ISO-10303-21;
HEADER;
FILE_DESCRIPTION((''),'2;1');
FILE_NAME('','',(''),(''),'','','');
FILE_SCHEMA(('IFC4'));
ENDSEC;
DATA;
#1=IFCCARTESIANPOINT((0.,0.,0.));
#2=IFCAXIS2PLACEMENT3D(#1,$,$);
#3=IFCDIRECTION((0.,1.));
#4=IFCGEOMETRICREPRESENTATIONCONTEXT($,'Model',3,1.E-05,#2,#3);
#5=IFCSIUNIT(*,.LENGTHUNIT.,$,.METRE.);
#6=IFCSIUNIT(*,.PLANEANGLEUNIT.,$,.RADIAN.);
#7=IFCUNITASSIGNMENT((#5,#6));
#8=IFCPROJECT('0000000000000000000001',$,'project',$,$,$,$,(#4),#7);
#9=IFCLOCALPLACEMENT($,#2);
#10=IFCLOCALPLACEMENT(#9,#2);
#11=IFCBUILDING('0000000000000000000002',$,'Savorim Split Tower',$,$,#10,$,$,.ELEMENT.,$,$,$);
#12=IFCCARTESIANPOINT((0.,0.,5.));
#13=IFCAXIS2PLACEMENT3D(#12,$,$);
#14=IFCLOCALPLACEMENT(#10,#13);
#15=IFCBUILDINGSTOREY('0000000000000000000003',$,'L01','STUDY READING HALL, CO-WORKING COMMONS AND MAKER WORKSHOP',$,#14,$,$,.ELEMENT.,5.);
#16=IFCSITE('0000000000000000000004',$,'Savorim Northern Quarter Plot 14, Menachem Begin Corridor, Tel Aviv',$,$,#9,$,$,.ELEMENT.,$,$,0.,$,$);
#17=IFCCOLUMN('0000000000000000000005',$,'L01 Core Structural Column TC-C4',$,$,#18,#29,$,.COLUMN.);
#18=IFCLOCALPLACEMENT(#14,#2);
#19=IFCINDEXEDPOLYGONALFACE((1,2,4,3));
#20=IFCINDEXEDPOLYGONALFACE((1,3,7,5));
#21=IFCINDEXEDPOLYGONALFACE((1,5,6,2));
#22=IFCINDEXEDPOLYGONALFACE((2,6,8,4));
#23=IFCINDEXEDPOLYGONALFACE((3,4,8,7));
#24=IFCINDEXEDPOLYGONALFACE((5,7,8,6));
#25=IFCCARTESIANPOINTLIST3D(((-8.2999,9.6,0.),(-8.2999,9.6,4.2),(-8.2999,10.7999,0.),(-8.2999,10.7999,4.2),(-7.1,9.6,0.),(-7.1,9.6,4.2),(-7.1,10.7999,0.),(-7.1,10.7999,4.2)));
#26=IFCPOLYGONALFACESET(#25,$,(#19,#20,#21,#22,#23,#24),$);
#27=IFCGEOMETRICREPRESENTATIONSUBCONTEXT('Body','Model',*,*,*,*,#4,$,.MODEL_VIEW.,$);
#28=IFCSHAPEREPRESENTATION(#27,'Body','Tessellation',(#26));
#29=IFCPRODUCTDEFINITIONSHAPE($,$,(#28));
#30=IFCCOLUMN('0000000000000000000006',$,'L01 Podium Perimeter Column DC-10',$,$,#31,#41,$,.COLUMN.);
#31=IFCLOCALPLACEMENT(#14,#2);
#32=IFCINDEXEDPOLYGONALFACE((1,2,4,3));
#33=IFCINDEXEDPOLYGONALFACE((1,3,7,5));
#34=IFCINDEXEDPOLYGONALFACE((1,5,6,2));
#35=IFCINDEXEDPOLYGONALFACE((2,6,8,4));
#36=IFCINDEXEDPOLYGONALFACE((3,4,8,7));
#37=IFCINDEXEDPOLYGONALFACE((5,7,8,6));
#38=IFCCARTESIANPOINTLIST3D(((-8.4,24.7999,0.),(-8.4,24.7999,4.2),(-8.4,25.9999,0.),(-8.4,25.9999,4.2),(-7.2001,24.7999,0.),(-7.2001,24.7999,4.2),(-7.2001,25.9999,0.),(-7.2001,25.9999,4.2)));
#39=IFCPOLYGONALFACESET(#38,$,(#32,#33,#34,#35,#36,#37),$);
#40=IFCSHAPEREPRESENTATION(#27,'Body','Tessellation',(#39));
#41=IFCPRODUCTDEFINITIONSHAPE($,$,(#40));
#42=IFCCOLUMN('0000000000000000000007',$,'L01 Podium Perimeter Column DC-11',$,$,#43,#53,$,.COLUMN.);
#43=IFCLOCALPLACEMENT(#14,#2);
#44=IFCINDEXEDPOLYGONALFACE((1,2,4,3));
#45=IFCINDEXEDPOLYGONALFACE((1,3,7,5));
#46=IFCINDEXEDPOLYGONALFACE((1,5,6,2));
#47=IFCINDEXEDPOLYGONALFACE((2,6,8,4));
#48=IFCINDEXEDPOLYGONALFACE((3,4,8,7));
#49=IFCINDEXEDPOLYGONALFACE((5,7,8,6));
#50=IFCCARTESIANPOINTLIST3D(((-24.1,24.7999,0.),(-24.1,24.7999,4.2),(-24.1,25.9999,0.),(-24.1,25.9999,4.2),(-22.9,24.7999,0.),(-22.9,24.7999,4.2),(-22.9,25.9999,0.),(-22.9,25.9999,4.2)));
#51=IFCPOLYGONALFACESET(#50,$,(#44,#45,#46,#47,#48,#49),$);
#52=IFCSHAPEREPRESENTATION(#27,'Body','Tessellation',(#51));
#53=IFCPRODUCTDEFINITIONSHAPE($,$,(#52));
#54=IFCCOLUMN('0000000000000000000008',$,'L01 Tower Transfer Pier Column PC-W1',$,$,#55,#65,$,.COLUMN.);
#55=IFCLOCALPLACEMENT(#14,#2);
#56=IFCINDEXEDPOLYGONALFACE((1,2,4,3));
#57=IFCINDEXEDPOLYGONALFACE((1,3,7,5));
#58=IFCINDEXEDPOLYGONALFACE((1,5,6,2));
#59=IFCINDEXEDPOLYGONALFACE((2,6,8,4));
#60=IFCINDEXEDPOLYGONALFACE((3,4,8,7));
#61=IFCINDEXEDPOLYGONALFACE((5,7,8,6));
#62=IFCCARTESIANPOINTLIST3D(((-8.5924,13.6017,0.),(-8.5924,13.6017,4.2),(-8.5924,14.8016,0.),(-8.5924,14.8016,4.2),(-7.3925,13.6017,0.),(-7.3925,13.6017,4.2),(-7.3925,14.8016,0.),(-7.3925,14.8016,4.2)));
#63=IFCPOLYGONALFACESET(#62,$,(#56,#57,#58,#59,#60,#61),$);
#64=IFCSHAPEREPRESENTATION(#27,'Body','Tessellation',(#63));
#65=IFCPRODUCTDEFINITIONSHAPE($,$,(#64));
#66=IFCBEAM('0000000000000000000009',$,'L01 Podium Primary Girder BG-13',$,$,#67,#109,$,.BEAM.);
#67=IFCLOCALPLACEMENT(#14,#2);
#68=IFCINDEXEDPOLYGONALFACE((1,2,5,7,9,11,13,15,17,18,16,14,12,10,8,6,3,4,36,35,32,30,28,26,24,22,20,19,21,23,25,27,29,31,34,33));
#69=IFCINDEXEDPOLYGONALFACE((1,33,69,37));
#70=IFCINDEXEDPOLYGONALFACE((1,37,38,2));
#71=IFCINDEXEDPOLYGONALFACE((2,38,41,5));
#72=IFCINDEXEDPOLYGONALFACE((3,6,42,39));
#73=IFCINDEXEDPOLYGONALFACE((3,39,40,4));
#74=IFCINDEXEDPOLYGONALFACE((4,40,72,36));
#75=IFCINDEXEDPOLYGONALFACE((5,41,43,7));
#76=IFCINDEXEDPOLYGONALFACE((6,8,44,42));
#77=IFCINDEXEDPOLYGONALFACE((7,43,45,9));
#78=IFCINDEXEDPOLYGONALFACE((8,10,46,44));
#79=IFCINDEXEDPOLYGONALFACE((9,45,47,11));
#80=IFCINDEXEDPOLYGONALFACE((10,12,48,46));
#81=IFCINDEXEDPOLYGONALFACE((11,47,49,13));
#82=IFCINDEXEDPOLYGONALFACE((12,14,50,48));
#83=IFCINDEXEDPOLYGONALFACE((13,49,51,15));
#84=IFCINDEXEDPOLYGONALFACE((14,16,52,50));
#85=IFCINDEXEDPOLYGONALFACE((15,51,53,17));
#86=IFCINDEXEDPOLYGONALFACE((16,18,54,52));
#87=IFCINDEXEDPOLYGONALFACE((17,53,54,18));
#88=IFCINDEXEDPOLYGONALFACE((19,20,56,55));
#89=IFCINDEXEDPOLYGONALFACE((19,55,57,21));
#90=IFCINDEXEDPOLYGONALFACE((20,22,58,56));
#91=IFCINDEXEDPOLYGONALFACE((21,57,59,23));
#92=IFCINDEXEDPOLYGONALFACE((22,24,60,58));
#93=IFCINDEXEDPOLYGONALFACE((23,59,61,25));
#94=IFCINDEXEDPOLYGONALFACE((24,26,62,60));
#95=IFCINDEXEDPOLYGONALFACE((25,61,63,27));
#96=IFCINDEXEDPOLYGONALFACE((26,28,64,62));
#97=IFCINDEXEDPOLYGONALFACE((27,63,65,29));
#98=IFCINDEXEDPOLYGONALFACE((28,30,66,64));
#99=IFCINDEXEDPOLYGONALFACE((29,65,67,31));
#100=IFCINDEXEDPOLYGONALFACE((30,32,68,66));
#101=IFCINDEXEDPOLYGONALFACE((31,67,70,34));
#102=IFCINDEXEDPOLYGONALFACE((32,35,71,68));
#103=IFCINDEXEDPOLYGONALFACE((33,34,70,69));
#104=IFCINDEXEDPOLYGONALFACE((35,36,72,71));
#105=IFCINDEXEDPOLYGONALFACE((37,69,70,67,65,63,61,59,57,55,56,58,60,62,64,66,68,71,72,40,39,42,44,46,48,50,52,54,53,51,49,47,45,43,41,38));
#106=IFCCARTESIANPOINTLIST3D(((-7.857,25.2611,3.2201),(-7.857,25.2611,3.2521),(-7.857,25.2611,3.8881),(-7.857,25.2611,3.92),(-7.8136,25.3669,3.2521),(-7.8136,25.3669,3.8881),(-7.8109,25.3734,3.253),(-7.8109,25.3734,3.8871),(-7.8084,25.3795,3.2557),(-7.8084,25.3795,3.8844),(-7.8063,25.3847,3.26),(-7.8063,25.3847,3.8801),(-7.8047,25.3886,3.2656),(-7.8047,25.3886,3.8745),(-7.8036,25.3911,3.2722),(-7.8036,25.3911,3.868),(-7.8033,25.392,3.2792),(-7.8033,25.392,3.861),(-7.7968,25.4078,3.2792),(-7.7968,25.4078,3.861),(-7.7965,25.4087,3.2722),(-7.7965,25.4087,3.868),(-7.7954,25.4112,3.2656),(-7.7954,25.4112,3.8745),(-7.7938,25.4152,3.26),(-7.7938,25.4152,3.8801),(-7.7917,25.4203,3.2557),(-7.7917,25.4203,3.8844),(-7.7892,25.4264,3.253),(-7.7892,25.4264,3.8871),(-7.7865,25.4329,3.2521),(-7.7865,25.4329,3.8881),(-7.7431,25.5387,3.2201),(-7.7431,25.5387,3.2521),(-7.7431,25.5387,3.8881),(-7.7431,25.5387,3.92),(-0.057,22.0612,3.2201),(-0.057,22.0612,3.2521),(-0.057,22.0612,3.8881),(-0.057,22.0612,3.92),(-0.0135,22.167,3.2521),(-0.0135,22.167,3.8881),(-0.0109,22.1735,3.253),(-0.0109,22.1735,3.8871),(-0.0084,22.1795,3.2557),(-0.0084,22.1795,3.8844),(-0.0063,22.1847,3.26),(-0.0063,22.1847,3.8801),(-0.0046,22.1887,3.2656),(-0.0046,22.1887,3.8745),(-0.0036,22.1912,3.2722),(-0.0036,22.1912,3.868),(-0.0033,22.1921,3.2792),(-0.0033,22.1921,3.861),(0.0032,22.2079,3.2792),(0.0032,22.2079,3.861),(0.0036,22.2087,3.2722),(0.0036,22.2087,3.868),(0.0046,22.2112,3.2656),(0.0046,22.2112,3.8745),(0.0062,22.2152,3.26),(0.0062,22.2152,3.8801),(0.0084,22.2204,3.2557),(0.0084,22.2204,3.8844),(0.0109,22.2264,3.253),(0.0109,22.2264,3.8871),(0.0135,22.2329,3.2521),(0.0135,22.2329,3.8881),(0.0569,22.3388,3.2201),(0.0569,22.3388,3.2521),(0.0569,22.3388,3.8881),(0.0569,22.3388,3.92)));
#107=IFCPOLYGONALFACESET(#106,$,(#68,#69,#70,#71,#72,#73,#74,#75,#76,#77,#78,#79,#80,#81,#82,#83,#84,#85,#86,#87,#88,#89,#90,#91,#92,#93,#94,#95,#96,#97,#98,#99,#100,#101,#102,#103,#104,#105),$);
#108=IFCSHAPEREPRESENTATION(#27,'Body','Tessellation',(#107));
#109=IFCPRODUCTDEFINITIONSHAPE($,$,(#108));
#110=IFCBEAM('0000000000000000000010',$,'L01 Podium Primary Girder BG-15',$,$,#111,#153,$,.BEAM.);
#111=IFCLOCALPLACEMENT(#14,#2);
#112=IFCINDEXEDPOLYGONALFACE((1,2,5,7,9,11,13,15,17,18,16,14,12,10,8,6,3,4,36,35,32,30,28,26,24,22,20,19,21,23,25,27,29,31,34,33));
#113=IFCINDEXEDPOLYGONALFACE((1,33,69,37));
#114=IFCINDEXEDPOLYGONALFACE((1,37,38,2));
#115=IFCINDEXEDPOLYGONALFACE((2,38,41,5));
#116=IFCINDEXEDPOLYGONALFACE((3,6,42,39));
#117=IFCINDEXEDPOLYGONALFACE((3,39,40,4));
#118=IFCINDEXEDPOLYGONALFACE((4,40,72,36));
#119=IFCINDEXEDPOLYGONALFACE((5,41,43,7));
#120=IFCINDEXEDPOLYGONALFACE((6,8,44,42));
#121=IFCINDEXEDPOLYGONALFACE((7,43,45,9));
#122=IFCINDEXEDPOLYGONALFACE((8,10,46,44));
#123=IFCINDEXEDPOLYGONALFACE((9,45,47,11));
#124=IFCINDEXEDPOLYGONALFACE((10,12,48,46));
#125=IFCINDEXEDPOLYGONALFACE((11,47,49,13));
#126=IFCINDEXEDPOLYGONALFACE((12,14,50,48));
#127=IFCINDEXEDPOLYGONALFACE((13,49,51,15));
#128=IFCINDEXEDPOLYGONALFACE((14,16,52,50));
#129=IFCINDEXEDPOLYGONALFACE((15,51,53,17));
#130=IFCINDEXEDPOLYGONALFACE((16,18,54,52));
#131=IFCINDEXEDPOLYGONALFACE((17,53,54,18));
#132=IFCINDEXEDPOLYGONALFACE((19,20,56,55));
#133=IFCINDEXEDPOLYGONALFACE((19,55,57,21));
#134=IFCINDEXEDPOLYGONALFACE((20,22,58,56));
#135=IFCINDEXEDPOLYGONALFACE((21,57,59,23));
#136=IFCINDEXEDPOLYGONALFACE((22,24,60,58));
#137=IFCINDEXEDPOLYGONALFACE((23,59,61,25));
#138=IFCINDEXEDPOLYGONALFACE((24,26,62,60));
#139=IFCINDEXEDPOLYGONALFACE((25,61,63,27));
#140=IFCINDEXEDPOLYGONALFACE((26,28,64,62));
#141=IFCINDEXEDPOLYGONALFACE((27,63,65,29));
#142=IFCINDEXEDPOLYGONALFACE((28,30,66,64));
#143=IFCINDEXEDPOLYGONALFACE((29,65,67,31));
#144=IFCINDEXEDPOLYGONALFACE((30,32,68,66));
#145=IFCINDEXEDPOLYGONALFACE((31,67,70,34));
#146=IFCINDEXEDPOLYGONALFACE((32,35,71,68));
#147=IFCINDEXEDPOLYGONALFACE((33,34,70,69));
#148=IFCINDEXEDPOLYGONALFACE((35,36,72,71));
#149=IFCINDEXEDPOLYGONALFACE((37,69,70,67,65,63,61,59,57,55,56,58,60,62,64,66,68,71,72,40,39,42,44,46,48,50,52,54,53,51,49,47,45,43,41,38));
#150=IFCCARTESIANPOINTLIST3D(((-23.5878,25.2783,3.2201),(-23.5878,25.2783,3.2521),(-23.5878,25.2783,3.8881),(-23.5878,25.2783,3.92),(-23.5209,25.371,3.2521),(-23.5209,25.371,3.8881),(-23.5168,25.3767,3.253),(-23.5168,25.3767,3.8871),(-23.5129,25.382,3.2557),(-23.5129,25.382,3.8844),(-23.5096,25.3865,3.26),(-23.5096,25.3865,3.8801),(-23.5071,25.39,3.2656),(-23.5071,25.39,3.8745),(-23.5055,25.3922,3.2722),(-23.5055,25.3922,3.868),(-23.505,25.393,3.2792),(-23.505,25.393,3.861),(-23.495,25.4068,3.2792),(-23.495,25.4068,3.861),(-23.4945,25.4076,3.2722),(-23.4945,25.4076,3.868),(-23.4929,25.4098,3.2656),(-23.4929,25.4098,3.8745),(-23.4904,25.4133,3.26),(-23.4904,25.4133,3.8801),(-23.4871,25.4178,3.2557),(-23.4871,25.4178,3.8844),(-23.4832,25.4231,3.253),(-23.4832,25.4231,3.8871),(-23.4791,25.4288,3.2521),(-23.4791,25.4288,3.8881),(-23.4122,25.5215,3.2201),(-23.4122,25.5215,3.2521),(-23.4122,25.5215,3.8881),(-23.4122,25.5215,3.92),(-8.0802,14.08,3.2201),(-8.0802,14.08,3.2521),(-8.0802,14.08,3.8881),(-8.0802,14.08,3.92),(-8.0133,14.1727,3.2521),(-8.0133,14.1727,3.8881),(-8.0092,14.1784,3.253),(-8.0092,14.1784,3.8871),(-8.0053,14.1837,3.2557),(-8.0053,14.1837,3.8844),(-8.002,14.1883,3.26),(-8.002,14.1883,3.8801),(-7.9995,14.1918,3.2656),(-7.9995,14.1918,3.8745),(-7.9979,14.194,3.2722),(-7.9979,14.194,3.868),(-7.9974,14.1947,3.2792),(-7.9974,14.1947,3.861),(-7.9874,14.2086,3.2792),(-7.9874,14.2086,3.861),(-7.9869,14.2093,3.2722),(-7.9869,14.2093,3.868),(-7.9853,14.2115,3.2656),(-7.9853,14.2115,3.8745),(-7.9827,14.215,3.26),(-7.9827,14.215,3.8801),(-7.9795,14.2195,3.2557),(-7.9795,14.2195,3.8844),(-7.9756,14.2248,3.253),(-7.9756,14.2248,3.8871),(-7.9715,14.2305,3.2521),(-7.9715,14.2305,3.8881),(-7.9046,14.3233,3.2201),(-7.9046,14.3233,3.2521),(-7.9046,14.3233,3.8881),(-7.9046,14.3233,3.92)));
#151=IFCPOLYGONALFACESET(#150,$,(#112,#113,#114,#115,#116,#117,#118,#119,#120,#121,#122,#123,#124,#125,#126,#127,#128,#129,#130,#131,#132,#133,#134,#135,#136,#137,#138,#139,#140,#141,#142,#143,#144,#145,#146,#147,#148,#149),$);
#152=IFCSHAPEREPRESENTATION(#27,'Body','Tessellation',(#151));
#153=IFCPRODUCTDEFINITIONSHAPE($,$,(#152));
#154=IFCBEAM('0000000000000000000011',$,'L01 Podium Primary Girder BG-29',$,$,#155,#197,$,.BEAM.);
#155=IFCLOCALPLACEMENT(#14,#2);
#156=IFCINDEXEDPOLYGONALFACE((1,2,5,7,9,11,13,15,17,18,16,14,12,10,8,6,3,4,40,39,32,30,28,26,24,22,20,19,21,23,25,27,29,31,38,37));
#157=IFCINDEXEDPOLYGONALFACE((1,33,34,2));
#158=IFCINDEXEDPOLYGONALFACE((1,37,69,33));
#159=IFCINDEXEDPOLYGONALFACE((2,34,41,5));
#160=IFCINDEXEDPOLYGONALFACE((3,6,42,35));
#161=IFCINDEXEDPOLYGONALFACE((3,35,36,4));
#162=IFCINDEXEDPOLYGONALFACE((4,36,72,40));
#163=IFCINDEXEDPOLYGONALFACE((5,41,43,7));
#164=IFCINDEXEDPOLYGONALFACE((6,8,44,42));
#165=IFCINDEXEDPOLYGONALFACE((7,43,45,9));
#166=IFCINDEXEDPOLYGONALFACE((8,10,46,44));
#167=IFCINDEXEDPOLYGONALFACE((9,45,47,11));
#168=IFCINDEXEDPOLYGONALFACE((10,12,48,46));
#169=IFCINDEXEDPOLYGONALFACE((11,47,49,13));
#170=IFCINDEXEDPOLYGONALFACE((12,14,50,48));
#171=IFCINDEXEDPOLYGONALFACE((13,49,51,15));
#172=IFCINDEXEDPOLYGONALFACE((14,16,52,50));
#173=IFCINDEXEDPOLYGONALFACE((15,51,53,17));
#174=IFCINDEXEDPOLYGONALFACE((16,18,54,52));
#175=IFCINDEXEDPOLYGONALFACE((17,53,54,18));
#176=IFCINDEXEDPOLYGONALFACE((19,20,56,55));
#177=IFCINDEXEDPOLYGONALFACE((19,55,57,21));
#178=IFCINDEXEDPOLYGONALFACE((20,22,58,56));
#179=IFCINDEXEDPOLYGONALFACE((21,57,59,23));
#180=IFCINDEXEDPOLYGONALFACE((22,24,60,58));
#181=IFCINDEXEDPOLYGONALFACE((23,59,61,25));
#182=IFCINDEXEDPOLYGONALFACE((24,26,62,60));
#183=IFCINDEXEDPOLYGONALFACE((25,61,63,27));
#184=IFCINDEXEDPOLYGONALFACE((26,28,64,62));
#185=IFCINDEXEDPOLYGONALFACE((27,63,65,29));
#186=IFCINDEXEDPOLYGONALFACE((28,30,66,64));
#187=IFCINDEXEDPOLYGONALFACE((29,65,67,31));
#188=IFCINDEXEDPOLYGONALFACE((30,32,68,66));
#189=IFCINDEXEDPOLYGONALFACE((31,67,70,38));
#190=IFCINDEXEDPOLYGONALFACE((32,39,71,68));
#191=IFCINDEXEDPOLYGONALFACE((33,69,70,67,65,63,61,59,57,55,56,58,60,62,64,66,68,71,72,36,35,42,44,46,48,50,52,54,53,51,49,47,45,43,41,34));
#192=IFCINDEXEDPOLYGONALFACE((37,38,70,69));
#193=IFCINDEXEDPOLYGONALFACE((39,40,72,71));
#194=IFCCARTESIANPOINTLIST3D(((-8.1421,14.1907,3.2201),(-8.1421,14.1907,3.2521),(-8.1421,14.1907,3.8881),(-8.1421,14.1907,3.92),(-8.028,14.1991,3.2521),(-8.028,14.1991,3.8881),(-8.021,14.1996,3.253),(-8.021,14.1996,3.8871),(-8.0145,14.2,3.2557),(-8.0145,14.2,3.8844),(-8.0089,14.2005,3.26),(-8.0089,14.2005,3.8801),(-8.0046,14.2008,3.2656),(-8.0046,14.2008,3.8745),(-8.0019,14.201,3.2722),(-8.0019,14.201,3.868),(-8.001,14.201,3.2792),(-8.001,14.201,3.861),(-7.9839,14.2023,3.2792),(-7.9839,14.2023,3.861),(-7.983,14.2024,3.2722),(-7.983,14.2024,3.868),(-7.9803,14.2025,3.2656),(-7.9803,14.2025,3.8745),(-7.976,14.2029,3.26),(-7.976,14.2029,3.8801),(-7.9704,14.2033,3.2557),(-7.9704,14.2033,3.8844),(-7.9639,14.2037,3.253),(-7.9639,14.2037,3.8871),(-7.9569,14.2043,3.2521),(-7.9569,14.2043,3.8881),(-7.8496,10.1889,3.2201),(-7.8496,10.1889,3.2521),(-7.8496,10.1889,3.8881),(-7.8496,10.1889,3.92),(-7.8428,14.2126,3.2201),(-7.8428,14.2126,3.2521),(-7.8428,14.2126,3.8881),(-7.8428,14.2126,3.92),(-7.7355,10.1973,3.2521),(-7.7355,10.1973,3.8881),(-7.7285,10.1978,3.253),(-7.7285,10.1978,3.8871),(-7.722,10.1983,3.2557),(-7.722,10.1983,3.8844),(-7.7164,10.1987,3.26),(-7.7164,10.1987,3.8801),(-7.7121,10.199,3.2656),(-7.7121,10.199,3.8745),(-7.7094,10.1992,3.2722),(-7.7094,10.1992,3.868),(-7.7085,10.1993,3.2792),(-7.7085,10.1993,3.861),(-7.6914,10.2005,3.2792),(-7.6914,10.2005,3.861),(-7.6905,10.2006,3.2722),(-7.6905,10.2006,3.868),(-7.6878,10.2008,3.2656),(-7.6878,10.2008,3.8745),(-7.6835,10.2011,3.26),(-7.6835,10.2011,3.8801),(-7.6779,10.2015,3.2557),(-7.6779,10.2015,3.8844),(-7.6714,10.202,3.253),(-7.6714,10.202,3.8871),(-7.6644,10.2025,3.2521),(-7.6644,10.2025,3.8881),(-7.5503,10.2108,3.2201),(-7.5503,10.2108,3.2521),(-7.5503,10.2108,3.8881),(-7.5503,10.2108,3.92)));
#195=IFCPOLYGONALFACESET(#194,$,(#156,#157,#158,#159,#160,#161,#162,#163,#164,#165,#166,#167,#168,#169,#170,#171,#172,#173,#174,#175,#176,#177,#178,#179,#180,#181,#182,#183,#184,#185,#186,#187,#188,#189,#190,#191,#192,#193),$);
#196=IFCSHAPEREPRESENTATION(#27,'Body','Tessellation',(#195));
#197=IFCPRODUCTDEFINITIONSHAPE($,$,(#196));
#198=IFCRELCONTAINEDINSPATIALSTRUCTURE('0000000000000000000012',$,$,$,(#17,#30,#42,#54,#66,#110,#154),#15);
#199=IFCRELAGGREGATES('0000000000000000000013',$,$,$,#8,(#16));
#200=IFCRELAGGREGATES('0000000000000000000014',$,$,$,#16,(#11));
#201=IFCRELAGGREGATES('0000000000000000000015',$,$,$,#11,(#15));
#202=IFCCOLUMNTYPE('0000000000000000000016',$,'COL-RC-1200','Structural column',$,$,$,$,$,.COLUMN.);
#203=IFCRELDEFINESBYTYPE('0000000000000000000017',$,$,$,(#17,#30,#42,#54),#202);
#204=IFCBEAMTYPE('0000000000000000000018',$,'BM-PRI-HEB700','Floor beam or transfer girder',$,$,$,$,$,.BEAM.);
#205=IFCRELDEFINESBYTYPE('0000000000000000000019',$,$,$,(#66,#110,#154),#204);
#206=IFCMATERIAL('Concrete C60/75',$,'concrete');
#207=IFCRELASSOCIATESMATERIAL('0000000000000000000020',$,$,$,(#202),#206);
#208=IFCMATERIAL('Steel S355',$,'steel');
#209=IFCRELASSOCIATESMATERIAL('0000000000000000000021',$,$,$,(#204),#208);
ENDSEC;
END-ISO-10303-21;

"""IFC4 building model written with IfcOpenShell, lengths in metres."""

from ifc_helpers import new_model, si_unit, direction, frame, origin, origin_2d, place, context, subcontext, project, spatial, rectangle, i_section, extrude, material, material_profile, profile_set, type_object, element, save


model = new_model("IFC4")

# Units and contexts
model_context = context("Model", 3, precision=1e-05, world=origin(), true_north=direction((0.0, 1.0)))
body_context = subcontext(model_context, "Body", "Model", "MODEL_VIEW")
ifc_project = project(units=[si_unit("LENGTHUNIT", "METRE"), si_unit("PLANEANGLEUNIT", "RADIAN")], contexts=[model_context])

# Site, building, storey
site_placement = place(None, origin())
site = spatial("IfcSite", under=ifc_project, at=site_placement, Name="Savorim Northern Quarter Plot 14, Menachem Begin Corridor, Tel Aviv", CompositionType="ELEMENT", RefElevation=0.0)
building_placement = place(site_placement, origin())
building = spatial("IfcBuilding", under=site, at=building_placement, Name="Savorim Split Tower", CompositionType="ELEMENT")
storey_placement = place(building_placement, frame((0.0, 0.0, 5.0)))
storey = spatial("IfcBuildingStorey", under=building, at=storey_placement, Name="L01", Description="STUDY READING HALL, CO-WORKING COMMONS AND MAKER WORKSHOP", CompositionType="ELEMENT", Elevation=5.0)

# Columns
ifc_material_1 = material(Name="Concrete C60/75", Category="concrete")
ifc_material_profile_1 = material_profile(ifc_material_1, rectangle(XDim=1.2, YDim=1.2, at=origin_2d()), Name="RC 1200x1200")
ifc_profile_set_1 = profile_set([ifc_material_profile_1], Name="Concrete C60/75")
column_type = type_object("IfcColumnType", Name="COL-RC-1200", Description="Structural column", PredefinedType="COLUMN", material=ifc_profile_set_1)
for number, where, z_axis, x_axis, name in (
    (1, (-7.7, 10.2, 0.0), (0.0, 0.0, 1.0), (1.0, 0.0, 0.0), "L01 Core Structural Column TC-C4"),
    (2, (-7.8, 25.3999, 0.0), (0.0, 0.0, 1.0), (1.0, 0.0, 0.0), "L01 Podium Perimeter Column DC-10"),
    (3, (-23.5, 25.3999, 0.0), (0.0, 0.0, 1.0), (1.0, 0.0, 0.0), "L01 Podium Perimeter Column DC-11"),
    (4, (-7.9924, 14.2017, 0.0), (0.0, 0.0, 1.0), (1.0, 0.0, 0.0), "L01 Tower Transfer Pier Column PC-W1"),
):
    element("IfcColumn", number, at=place(storey_placement, frame(where, z_axis=z_axis, x_axis=x_axis)), inside=storey, type_object=column_type, Name=name, PredefinedType="COLUMN", context=body_context, shape_type="SweptSolid", body=[
        extrude(rectangle(XDim=1.2, YDim=1.2, at=origin_2d()), origin(), (0.0, 0.0, 1.0), 4.2),
    ])

# Beams
ifc_material_2 = material(Name="Steel S355", Category="steel")
ifc_material_profile_2 = material_profile(ifc_material_2, i_section(OverallWidth=0.3, OverallDepth=0.7, WebThickness=0.0171, FlangeThickness=0.032, FilletRadius=0.0271, at=origin_2d()), Name="HEB 700")
ifc_profile_set_2 = profile_set([ifc_material_profile_2], Name="Steel S355")
beam_type_1 = type_object("IfcBeamType", Name="BM-PRI-HEB700", Description="Floor beam or transfer girder", PredefinedType="BEAM", material=ifc_profile_set_2)
beam_1_placement = place(storey_placement, frame((-7.8, 25.3999, 3.5701), z_axis=(0.925171, -0.379549, 0.0), x_axis=(0.379549, 0.925171, 0.0)))
element("IfcBeam", 5, at=beam_1_placement, inside=storey, type_object=beam_type_1, Name="L01 Podium Primary Girder BG-13", PredefinedType="BEAM", context=body_context, shape_type="SweptSolid", body=[
    extrude(i_section(OverallWidth=0.3, OverallDepth=0.7, WebThickness=0.0171, FlangeThickness=0.032, FilletRadius=0.0271, at=origin_2d()), origin(), (0.0, 0.0, 1.0), 8.4309),
])
beam_2_placement = place(storey_placement, frame((-23.5, 25.3999, 3.5701), z_axis=(0.810721, -0.585433, 0.0), x_axis=(0.585433, 0.810721, 0.0)))
element("IfcBeam", 6, at=beam_2_placement, inside=storey, type_object=beam_type_1, Name="L01 Podium Primary Girder BG-15", PredefinedType="BEAM", context=body_context, shape_type="SweptSolid", body=[
    extrude(i_section(OverallWidth=0.3, OverallDepth=0.7, WebThickness=0.0171, FlangeThickness=0.032, FilletRadius=0.0271, at=origin_2d()), origin(), (0.0, 0.0, 1.0), 19.1282),
])
beam_3_placement = place(storey_placement, frame((-7.9924, 14.2017, 3.5701), z_axis=(0.072894, -0.99734, 0.0), x_axis=(0.99734, 0.072894, 0.0)))
element("IfcBeam", 7, at=beam_3_placement, inside=storey, type_object=beam_type_1, Name="L01 Podium Primary Girder BG-29", PredefinedType="BEAM", context=body_context, shape_type="SweptSolid", body=[
    extrude(i_section(OverallWidth=0.3, OverallDepth=0.7, WebThickness=0.0171, FlangeThickness=0.032, FilletRadius=0.0271, at=origin_2d()), origin(), (0.0, 0.0, 1.0), 4.0125),
])

save(model, "model.ifc")
